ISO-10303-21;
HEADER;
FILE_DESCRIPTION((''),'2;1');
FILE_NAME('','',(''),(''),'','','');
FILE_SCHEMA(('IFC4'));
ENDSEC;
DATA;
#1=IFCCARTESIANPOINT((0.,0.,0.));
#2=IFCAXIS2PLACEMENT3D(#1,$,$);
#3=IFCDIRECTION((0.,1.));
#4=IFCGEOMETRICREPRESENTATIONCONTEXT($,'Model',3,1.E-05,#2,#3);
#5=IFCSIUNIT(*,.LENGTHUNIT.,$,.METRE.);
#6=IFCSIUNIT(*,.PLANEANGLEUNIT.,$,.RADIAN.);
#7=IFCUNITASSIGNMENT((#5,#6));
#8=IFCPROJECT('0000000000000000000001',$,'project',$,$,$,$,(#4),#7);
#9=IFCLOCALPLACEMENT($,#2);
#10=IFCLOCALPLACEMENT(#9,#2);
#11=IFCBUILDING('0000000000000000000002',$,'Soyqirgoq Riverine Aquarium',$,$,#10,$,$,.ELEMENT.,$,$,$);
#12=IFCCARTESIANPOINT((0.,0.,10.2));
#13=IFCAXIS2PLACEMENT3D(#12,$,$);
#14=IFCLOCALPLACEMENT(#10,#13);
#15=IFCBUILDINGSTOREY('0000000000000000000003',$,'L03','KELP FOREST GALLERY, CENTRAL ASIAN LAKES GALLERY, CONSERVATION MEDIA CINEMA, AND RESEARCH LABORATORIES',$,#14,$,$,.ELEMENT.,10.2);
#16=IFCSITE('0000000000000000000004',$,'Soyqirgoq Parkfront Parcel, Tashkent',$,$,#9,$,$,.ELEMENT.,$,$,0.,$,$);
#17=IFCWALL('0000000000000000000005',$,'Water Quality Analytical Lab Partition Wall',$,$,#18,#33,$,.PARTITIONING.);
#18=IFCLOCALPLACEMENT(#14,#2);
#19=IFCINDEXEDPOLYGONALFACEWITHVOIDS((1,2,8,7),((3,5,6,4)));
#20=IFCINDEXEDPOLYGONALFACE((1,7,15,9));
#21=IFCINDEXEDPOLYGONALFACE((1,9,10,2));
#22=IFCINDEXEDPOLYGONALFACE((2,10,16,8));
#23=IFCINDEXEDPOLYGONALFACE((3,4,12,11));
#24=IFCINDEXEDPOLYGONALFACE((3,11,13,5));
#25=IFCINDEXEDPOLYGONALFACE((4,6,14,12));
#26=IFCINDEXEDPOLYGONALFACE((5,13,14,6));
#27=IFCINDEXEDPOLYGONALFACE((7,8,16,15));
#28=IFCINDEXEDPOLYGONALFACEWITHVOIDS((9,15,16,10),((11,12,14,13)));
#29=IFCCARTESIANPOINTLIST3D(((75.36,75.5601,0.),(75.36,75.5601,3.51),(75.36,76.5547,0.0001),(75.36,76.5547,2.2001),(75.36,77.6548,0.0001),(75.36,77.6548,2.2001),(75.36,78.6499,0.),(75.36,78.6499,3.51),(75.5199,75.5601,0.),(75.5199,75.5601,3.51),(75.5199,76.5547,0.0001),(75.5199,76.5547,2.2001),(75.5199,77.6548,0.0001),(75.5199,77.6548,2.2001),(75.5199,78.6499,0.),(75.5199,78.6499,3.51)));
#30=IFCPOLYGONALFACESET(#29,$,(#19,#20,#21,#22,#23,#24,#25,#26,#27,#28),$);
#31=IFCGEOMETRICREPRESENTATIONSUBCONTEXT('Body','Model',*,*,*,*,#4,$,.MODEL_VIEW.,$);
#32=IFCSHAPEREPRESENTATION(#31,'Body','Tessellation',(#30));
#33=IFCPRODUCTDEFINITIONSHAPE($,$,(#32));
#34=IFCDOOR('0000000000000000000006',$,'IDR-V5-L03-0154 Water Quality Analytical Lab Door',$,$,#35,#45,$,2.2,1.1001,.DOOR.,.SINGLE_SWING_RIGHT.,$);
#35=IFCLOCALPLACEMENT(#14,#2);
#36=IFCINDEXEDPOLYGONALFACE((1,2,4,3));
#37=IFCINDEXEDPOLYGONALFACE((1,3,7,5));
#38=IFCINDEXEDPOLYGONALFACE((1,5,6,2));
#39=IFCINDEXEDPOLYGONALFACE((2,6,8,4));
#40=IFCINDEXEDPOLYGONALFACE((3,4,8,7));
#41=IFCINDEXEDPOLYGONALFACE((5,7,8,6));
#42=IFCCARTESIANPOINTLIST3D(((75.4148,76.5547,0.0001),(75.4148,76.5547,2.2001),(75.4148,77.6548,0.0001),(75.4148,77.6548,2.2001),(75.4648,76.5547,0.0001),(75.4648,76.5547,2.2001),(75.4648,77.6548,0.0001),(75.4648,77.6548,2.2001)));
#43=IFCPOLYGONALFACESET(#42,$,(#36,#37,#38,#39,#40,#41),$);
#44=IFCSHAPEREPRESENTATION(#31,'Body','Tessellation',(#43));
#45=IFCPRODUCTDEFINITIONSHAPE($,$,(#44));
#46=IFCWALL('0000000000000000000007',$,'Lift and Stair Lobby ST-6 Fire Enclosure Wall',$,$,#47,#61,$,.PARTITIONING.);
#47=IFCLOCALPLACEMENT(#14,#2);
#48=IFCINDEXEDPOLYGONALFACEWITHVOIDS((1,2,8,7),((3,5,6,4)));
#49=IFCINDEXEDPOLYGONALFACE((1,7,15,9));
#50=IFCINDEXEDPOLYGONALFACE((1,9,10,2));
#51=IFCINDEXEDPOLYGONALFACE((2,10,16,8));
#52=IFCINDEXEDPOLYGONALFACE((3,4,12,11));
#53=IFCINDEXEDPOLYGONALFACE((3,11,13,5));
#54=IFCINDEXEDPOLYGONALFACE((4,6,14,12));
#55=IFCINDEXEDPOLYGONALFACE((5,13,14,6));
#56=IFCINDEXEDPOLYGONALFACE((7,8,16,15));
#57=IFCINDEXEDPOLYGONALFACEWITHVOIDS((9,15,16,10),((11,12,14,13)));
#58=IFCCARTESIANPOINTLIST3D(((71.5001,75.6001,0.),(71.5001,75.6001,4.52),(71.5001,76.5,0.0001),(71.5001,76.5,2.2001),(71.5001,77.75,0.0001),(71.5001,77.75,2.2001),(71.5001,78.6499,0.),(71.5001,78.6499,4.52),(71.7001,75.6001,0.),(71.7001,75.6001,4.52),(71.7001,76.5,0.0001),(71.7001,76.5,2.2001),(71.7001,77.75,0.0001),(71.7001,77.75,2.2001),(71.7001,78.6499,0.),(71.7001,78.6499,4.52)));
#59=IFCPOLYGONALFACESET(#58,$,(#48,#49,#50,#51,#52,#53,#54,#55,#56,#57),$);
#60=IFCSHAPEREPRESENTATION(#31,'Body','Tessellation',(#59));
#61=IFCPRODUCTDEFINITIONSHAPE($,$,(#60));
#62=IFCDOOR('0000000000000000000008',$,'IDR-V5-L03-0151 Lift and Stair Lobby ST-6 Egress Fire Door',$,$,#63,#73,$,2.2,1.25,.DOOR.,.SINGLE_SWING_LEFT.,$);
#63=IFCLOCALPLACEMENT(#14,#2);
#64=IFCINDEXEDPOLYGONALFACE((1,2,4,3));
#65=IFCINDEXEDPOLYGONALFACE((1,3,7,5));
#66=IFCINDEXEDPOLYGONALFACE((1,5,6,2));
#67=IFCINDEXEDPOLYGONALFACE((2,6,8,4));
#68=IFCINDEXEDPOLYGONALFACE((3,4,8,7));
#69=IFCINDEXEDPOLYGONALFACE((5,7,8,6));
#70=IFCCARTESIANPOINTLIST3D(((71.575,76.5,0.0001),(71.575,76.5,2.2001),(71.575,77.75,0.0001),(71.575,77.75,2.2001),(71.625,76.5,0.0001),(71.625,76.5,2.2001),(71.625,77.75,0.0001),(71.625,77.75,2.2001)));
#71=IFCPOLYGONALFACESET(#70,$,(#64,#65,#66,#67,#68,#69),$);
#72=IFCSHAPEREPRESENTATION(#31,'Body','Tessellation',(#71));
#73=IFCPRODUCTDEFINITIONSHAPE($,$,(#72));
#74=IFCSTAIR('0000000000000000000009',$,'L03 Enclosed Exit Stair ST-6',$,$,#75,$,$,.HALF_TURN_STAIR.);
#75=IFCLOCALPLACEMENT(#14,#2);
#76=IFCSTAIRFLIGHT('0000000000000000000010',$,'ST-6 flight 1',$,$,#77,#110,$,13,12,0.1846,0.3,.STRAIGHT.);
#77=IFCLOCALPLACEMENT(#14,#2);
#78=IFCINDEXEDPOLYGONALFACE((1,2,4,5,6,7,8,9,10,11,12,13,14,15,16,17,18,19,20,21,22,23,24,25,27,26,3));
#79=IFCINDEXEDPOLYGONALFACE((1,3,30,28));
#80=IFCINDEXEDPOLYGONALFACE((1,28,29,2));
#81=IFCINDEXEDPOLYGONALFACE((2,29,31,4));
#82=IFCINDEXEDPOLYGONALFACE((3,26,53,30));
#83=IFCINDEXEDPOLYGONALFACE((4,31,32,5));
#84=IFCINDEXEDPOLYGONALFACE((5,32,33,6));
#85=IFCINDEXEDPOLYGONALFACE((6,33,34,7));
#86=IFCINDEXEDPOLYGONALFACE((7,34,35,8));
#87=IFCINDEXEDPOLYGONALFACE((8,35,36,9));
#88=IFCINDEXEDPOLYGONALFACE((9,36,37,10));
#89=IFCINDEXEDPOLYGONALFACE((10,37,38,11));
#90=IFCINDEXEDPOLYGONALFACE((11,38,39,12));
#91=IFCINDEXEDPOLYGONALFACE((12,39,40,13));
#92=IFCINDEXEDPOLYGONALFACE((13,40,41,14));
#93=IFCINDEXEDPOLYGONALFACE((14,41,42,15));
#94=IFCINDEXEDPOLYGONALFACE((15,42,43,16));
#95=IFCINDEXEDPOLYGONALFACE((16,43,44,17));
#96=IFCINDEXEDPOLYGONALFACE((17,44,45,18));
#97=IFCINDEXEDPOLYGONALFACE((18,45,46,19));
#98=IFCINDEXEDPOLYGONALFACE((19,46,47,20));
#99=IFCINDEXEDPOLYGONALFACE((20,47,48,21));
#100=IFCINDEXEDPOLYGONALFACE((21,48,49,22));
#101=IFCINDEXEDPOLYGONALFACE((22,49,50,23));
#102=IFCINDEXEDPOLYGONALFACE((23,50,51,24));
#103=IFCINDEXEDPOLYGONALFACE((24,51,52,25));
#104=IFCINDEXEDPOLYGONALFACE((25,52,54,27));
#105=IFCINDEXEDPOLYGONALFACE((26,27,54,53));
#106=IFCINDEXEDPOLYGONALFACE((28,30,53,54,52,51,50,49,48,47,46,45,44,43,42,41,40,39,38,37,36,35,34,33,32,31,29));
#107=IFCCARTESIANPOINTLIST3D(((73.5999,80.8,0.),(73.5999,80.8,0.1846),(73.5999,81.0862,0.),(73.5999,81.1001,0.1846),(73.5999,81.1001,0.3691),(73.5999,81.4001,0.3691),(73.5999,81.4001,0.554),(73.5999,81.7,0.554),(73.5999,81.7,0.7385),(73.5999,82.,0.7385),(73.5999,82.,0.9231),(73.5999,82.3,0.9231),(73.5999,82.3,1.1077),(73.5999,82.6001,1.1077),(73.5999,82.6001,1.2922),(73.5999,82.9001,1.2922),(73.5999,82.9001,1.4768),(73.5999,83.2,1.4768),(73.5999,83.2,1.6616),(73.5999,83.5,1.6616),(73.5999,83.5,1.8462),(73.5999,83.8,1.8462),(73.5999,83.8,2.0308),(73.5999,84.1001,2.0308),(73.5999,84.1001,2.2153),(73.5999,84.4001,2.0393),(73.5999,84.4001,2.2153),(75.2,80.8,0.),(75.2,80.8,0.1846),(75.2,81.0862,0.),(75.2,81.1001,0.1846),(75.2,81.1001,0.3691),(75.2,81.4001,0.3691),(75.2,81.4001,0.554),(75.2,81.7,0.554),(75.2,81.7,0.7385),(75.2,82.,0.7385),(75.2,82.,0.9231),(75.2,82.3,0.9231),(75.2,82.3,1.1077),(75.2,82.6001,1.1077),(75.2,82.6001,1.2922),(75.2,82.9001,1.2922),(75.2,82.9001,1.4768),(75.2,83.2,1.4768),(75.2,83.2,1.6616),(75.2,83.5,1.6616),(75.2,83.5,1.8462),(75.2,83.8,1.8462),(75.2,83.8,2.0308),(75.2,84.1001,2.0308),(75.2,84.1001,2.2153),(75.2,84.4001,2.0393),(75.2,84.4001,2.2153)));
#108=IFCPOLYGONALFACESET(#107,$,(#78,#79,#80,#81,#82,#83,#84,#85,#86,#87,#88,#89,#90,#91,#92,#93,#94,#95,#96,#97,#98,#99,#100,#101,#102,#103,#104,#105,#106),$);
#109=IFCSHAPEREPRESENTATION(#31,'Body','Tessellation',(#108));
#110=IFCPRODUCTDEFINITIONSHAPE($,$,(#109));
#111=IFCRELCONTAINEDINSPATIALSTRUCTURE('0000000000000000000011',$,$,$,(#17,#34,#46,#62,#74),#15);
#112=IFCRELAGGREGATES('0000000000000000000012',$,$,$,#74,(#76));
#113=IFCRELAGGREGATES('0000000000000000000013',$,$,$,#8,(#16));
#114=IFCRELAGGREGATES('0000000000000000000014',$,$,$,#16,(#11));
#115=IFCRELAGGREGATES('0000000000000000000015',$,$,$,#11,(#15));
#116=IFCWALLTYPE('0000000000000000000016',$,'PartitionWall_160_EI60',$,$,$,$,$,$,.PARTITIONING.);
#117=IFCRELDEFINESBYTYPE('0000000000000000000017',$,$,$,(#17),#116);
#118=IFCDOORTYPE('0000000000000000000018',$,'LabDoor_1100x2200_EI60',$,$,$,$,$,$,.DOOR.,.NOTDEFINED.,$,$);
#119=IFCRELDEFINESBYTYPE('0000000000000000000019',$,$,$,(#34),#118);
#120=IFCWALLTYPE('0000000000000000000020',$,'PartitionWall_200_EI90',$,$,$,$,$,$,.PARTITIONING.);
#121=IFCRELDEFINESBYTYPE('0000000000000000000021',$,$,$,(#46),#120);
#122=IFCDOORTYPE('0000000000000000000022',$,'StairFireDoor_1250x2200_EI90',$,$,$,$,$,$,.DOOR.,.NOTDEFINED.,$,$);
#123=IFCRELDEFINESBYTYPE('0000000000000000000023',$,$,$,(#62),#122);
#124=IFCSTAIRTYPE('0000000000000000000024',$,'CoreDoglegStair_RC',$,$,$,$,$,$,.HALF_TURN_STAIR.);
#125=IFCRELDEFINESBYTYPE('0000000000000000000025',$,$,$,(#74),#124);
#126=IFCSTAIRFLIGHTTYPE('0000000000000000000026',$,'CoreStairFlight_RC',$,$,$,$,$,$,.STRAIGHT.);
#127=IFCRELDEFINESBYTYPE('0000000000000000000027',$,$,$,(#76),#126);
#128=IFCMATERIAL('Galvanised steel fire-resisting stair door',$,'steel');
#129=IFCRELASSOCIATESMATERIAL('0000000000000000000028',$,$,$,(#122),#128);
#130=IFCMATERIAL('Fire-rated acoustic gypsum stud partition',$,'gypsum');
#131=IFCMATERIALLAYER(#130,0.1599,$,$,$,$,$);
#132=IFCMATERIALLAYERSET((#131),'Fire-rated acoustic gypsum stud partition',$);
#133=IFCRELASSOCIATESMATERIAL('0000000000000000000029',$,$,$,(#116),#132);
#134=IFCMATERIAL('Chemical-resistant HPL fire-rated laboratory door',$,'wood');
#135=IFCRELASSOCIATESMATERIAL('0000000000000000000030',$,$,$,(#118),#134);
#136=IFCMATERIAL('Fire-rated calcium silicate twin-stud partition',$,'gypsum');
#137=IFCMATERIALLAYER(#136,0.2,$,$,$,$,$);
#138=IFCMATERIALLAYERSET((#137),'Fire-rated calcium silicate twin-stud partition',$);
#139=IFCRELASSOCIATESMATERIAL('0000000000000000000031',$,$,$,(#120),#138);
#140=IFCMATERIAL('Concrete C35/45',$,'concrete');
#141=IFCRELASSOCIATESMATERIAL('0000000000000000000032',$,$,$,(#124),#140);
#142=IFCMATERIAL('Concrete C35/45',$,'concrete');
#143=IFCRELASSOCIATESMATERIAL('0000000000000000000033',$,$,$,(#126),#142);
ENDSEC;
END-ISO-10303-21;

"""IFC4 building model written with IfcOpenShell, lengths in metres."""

from ifc_helpers import new_model, si_unit, direction, frame, frame_2d, origin, place, context, subcontext, project, spatial, polyline, rectangle, outline, extrude, material, layer, layer_set, type_object, element, fill, aggregate, save


model = new_model("IFC4")

# Units and contexts
model_context = context("Model", 3, precision=1e-05, world=origin(), true_north=direction((0.0, 1.0)))
body_context = subcontext(model_context, "Body", "Model", "MODEL_VIEW")
ifc_project = project(units=[si_unit("LENGTHUNIT", "METRE"), si_unit("PLANEANGLEUNIT", "RADIAN")], contexts=[model_context])

# Site, building, storey
site_placement = place(None, origin())
site = spatial("IfcSite", under=ifc_project, at=site_placement, Name="Soyqirgoq Parkfront Parcel, Tashkent", CompositionType="ELEMENT", RefElevation=0.0)
building_placement = place(site_placement, origin())
building = spatial("IfcBuilding", under=site, at=building_placement, Name="Soyqirgoq Riverine Aquarium", CompositionType="ELEMENT")
storey_placement = place(building_placement, frame((0.0, 0.0, 10.2)))
storey = spatial("IfcBuildingStorey", under=building, at=storey_placement, Name="L03", Description="KELP FOREST GALLERY, CENTRAL ASIAN LAKES GALLERY, CONSERVATION MEDIA CINEMA, AND RESEARCH LABORATORIES", CompositionType="ELEMENT", Elevation=10.2)

# Walls, openings, doors
ifc_material_1 = material(Name="Galvanised steel fire-resisting stair door", Category="steel")
door_type_1 = type_object("IfcDoorType", Name="StairFireDoor_1250x2200_EI90", OperationType="NOTDEFINED", PredefinedType="DOOR", material=ifc_material_1)
ifc_material_2 = material(Name="Fire-rated acoustic gypsum stud partition", Category="gypsum")
ifc_layer_1 = layer(ifc_material_2, 0.1599)
ifc_layer_set_1 = layer_set([ifc_layer_1], Name="Fire-rated acoustic gypsum stud partition")
wall_type_1 = type_object("IfcWallType", Name="PartitionWall_160_EI60", PredefinedType="PARTITIONING", material=ifc_layer_set_1)
wall_1_placement = place(storey_placement, frame((75.4399, 78.6499, 0.0), z_axis=(0.0, 0.0, 1.0), x_axis=(0.0, -1.0, 0.0)))
wall_1 = element("IfcWall", 1, at=wall_1_placement, inside=storey, type_object=wall_type_1, Name="Water Quality Analytical Lab Partition Wall", PredefinedType="PARTITIONING", context=body_context, shape_type="SweptSolid", body=[
    extrude(rectangle(XDim=3.0898, YDim=0.1599, at=frame_2d((1.5449, 0.0))), origin(), (0.0, 0.0, 1.0), 3.51),
])
opening_1_placement = place(wall_1_placement, frame((0.9951, 0.0, 0.0)))
opening_1 = element("IfcOpeningElement", 2, at=opening_1_placement, cuts=wall_1, PredefinedType="OPENING", context=body_context, shape_type="SweptSolid", body=[
    extrude(rectangle(XDim=1.1001, YDim=2.2, at=frame_2d((0.55, 1.1001))), frame((0.0, 0.0898, 0.0), z_axis=(0.0, -1.0, 0.0), x_axis=(1.0, 0.0, 0.0)), (0.0, 0.0, 1.0), 0.1799),
])
ifc_material_3 = material(Name="Chemical-resistant HPL fire-rated laboratory door", Category="wood")
door_type_2 = type_object("IfcDoorType", Name="LabDoor_1100x2200_EI60", OperationType="NOTDEFINED", PredefinedType="DOOR", material=ifc_material_3)
door_1_placement = place(opening_1_placement, origin())
door_1 = element("IfcDoor", 3, at=door_1_placement, inside=storey, type_object=door_type_2, Name="IDR-V5-L03-0154 Water Quality Analytical Lab Door", OperationType="SINGLE_SWING_RIGHT", OverallHeight=2.2, OverallWidth=1.1001, PredefinedType="DOOR", context=body_context, shape_type="SweptSolid", body=[
    extrude(rectangle(XDim=1.1001, YDim=2.2, at=frame_2d((0.55, 1.1001))), frame((0.0, 0.0249, 0.0), z_axis=(0.0, -1.0, 0.0), x_axis=(1.0, 0.0, 0.0)), (0.0, 0.0, 1.0), 0.05),
])
fill(opening_1, door_1)
ifc_material_4 = material(Name="Fire-rated calcium silicate twin-stud partition", Category="gypsum")
ifc_layer_2 = layer(ifc_material_4, 0.2)
ifc_layer_set_2 = layer_set([ifc_layer_2], Name="Fire-rated calcium silicate twin-stud partition")
wall_type_2 = type_object("IfcWallType", Name="PartitionWall_200_EI90", PredefinedType="PARTITIONING", material=ifc_layer_set_2)
wall_2_placement = place(storey_placement, frame((71.6001, 78.6499, 0.0), z_axis=(0.0, 0.0, 1.0), x_axis=(0.0, -1.0, 0.0)))
wall_2 = element("IfcWall", 4, at=wall_2_placement, inside=storey, type_object=wall_type_2, Name="Lift and Stair Lobby ST-6 Fire Enclosure Wall", PredefinedType="PARTITIONING", context=body_context, shape_type="SweptSolid", body=[
    extrude(rectangle(XDim=3.0498, YDim=0.2, at=frame_2d((1.5249, 0.0))), origin(), (0.0, 0.0, 1.0), 4.52),
])
opening_2_placement = place(wall_2_placement, frame((0.8999, 0.0, 0.0)))
opening_2 = element("IfcOpeningElement", 5, at=opening_2_placement, cuts=wall_2, PredefinedType="OPENING", context=body_context, shape_type="SweptSolid", body=[
    extrude(rectangle(XDim=1.25, YDim=2.2, at=frame_2d((0.625, 1.1001))), frame((0.0, 0.1099, 0.0), z_axis=(0.0, -1.0, 0.0), x_axis=(1.0, 0.0, 0.0)), (0.0, 0.0, 1.0), 0.22),
])
door_2_placement = place(opening_2_placement, origin())
door_2 = element("IfcDoor", 6, at=door_2_placement, inside=storey, type_object=door_type_1, Name="IDR-V5-L03-0151 Lift and Stair Lobby ST-6 Egress Fire Door", OperationType="SINGLE_SWING_LEFT", OverallHeight=2.2, OverallWidth=1.25, PredefinedType="DOOR", context=body_context, shape_type="SweptSolid", body=[
    extrude(rectangle(XDim=1.25, YDim=2.2, at=frame_2d((0.625, 1.1001))), frame((0.0, 0.0249, 0.0), z_axis=(0.0, -1.0, 0.0), x_axis=(1.0, 0.0, 0.0)), (0.0, 0.0, 1.0), 0.05),
])
fill(opening_2, door_2)

# Stair, stair flight
ifc_material_5 = material(Name="Concrete C35/45", Category="concrete")
stair_type = type_object("IfcStairType", Name="CoreDoglegStair_RC", PredefinedType="HALF_TURN_STAIR", material=ifc_material_5)
stair_placement = place(storey_placement, origin())
stair = element("IfcStair", 7, at=stair_placement, inside=storey, type_object=stair_type, Name="L03 Enclosed Exit Stair ST-6", PredefinedType="HALF_TURN_STAIR")
ifc_material_6 = material(Name="Concrete C35/45", Category="concrete")
stair_flight_type = type_object("IfcStairFlightType", Name="CoreStairFlight_RC", PredefinedType="STRAIGHT", material=ifc_material_6)
stair_flight_placement = place(storey_placement, frame((74.3999, 80.8, 0.0), z_axis=(0.0, 0.0, 1.0), x_axis=(0.0, 1.0, 0.0)))
stair_flight = element("IfcStairFlight", 8, at=stair_flight_placement, type_object=stair_flight_type, Name="ST-6 flight 1", NumberOfRisers=13, NumberOfTreads=12, PredefinedType="STRAIGHT", RiserHeight=0.1846, TreadLength=0.3, context=body_context, shape_type="SweptSolid", body=[
    extrude(outline(polyline([(0.0, 0.0), (0.0, 0.1846), (0.3, 0.1846), (0.3, 0.3691), (0.6001, 0.3691), (0.6001, 0.554), (0.8999, 0.554), (0.8999, 0.7385), (1.2, 0.7385), (1.2, 0.9231), (1.5, 0.9231), (1.5, 1.1077), (1.8, 1.1077), (1.8, 1.2922), (2.1001, 1.2922), (2.1001, 1.4768), (2.3999, 1.4768), (2.3999, 1.6616), (2.7, 1.6616), (2.7, 1.8462), (3.0, 1.8462), (3.0, 2.0308), (3.3, 2.0308), (3.3, 2.2153), (3.6001, 2.2153), (3.6001, 2.3999), (3.6001, 2.0393), (0.2861, 0.0), (0.0, 0.0)])), frame((0.0, 0.8, 0.0), z_axis=(0.0, -1.0, 0.0), x_axis=(1.0, 0.0, 0.0)), (0.0, 0.0, 1.0), 1.6001),
])
aggregate(stair, [stair_flight])

save(model, "model.ifc")
